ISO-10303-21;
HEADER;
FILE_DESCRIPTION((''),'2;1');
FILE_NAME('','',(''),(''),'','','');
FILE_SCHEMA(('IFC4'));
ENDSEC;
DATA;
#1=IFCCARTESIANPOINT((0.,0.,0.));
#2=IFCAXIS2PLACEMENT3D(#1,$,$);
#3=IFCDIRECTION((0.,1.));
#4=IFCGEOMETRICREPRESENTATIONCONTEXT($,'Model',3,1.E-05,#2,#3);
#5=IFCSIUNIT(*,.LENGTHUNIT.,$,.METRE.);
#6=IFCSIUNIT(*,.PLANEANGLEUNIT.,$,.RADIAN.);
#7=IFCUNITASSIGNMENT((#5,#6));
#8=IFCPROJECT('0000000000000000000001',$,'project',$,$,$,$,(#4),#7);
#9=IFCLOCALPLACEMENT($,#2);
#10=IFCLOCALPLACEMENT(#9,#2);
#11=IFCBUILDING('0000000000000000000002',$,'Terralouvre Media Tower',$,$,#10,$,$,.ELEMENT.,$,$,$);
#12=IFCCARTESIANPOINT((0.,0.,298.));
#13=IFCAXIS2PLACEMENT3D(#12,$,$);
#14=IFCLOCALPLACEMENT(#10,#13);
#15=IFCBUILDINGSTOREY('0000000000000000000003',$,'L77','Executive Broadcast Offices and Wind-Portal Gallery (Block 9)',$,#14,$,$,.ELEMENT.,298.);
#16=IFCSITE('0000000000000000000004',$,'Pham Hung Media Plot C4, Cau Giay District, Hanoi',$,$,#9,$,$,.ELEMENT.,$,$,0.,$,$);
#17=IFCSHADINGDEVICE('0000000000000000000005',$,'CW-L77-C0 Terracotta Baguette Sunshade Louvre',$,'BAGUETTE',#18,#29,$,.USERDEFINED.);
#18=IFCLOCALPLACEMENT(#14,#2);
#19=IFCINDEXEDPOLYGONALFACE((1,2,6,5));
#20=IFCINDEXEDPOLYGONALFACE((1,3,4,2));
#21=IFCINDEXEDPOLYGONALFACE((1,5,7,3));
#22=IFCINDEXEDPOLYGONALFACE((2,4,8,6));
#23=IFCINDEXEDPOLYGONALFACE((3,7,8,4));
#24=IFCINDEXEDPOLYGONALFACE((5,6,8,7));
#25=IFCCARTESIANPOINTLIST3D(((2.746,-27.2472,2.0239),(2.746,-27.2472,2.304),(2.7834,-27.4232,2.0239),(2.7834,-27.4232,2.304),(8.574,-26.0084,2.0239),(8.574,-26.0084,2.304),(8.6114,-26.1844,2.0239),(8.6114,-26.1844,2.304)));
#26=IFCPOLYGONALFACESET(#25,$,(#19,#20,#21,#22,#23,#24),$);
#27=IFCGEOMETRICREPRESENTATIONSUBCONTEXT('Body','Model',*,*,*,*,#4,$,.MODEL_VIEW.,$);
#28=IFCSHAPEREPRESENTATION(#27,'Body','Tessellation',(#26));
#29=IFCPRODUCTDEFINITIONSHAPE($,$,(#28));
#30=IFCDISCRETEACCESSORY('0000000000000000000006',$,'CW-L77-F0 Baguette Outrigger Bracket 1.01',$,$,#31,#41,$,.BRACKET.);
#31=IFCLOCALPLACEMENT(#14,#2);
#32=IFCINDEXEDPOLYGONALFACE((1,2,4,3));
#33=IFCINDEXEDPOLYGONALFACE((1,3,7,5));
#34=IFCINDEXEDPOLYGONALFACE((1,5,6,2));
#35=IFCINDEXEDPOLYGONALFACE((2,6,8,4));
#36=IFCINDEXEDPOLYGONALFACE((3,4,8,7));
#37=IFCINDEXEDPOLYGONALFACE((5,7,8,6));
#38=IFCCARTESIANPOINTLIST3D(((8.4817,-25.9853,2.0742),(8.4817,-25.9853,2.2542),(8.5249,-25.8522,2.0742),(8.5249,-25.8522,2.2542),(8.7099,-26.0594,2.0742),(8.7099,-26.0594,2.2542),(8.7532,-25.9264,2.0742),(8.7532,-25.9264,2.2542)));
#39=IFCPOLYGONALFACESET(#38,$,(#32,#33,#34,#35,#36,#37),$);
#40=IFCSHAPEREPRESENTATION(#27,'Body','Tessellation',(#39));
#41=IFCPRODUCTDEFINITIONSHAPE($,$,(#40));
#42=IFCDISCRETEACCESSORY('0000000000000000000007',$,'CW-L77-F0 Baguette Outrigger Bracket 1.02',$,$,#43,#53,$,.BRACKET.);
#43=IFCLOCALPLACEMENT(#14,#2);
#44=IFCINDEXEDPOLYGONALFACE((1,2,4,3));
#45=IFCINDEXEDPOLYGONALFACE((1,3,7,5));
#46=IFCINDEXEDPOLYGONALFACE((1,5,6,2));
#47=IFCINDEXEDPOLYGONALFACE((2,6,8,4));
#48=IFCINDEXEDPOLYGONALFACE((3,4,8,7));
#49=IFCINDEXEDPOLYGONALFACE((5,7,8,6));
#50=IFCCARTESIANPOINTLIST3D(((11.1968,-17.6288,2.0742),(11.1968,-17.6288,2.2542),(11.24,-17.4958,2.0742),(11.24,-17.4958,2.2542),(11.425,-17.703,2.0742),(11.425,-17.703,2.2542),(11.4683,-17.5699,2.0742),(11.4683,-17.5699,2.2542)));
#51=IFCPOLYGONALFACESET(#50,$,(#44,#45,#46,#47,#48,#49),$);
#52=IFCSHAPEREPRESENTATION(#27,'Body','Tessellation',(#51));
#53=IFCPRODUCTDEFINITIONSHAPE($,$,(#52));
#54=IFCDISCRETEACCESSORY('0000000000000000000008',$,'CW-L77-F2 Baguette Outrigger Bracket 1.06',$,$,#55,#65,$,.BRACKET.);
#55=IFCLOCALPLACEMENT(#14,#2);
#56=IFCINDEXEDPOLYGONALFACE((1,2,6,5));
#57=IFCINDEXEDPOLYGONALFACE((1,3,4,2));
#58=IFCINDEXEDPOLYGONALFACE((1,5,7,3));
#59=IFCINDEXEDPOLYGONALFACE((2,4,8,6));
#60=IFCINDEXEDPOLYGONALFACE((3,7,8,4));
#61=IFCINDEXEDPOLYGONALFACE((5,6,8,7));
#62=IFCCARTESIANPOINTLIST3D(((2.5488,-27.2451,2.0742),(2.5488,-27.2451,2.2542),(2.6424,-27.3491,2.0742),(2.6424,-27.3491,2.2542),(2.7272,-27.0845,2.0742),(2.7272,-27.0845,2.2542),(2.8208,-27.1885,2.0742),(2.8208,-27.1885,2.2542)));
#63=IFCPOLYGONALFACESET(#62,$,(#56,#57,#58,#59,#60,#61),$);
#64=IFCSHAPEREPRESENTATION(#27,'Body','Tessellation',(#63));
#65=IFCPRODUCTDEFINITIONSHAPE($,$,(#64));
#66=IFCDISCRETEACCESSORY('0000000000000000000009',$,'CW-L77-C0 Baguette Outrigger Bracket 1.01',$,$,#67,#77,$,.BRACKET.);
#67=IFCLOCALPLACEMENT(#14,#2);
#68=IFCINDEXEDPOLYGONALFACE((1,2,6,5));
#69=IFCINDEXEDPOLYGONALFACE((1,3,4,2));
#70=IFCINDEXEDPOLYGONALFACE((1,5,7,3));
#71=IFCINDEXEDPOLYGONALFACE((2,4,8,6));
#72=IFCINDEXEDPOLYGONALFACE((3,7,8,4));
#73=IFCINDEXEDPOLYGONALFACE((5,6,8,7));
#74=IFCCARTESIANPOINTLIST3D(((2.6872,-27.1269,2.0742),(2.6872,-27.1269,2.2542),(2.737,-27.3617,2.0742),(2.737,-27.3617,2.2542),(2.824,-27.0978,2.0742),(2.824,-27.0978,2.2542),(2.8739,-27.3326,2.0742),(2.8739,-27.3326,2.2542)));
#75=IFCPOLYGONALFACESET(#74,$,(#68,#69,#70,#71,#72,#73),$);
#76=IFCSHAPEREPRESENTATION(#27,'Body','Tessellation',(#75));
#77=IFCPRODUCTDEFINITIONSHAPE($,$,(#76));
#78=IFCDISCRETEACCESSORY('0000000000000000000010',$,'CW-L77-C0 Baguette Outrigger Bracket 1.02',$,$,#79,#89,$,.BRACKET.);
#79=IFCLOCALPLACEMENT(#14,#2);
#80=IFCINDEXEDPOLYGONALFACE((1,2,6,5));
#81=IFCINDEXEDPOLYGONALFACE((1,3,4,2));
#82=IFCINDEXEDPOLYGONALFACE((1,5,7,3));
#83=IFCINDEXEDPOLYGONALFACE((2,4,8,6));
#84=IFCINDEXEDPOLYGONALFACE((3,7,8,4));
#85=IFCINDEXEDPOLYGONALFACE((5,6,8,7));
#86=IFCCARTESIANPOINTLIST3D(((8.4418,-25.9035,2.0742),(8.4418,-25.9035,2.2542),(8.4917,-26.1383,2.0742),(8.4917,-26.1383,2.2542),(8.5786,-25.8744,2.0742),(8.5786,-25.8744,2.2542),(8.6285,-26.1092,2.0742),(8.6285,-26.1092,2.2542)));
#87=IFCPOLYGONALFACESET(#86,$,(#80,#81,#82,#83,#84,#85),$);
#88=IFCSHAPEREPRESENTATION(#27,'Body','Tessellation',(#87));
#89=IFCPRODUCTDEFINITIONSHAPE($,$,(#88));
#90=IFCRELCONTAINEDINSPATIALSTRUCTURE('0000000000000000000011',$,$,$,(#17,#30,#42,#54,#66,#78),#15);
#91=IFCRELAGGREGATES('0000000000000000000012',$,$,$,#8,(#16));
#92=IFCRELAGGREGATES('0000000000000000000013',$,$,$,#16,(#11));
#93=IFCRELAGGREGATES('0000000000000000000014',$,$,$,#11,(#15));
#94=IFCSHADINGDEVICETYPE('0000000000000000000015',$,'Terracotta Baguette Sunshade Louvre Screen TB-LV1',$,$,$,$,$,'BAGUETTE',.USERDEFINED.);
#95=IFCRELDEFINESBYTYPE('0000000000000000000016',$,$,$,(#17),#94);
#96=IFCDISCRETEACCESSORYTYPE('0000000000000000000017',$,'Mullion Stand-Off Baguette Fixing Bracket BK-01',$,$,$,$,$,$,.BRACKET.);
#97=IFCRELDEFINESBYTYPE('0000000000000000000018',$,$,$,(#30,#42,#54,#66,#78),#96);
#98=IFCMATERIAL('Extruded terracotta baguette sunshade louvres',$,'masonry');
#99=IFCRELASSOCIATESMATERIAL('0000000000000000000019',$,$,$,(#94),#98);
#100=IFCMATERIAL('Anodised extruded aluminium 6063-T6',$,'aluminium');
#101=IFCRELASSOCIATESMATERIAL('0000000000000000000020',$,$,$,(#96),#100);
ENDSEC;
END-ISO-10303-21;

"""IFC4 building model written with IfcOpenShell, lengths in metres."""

from ifc_helpers import new_model, si_unit, direction, frame, origin, origin_2d, place, context, subcontext, project, spatial, rectangle, extrude, material, type_object, element, save


model = new_model("IFC4")

# Units and contexts
model_context = context("Model", 3, precision=1e-05, world=origin(), true_north=direction((0.0, 1.0)))
body_context = subcontext(model_context, "Body", "Model", "MODEL_VIEW")
ifc_project = project(units=[si_unit("LENGTHUNIT", "METRE"), si_unit("PLANEANGLEUNIT", "RADIAN")], contexts=[model_context])

# Site, building, storey
site_placement = place(None, origin())
site = spatial("IfcSite", under=ifc_project, at=site_placement, Name="Pham Hung Media Plot C4, Cau Giay District, Hanoi", CompositionType="ELEMENT", RefElevation=0.0)
building_placement = place(site_placement, origin())
building = spatial("IfcBuilding", under=site, at=building_placement, Name="Terralouvre Media Tower", CompositionType="ELEMENT")
storey_placement = place(building_placement, frame((0.0, 0.0, 298.0)))
storey = spatial("IfcBuildingStorey", under=building, at=storey_placement, Name="L77", Description="Executive Broadcast Offices and Wind-Portal Gallery (Block 9)", CompositionType="ELEMENT", Elevation=298.0)

# Shading device
ifc_material_1 = material(Name="Extruded terracotta baguette sunshade louvres", Category="masonry")
shading_device_type = type_object("IfcShadingDeviceType", Name="Terracotta Baguette Sunshade Louvre Screen TB-LV1", ElementType="BAGUETTE", PredefinedType="USERDEFINED", material=ifc_material_1)
shading_device_placement = place(storey_placement, frame((5.6787, -26.7158, 2.0239), z_axis=(0.0, 0.0, 1.0), x_axis=(0.978148, 0.207912, 0.0)))
element("IfcShadingDevice", 1, at=shading_device_placement, inside=storey, type_object=shading_device_type, Name="CW-L77-C0 Terracotta Baguette Sunshade Louvre", ObjectType="BAGUETTE", PredefinedType="USERDEFINED", context=body_context, shape_type="SweptSolid", body=[
    extrude(rectangle(XDim=5.9583, YDim=0.1799, at=origin_2d()), origin(), (0.0, 0.0, 1.0), 0.28),
])

# Discrete accessories
ifc_material_2 = material(Name="Anodised extruded aluminium 6063-T6", Category="aluminium")
discrete_accessory_type = type_object("IfcDiscreteAccessoryType", Name="Mullion Stand-Off Baguette Fixing Bracket BK-01", PredefinedType="BRACKET", material=ifc_material_2)
for number, where, z_axis, x_axis, name in (
    (2, (8.6174, -25.9558, 2.0742), (0.0, 0.0, 1.0), (0.309017, 0.951057, 0.0), "CW-L77-F0 Baguette Outrigger Bracket 1.01"),
    (3, (11.3325, -17.5994, 2.0742), (0.0, 0.0, 1.0), (0.309017, 0.951057, 0.0), "CW-L77-F0 Baguette Outrigger Bracket 1.02"),
    (4, (2.6848, -27.2168, 2.0742), (0.0, 0.0, 1.0), (0.669131, -0.743145, 0.0), "CW-L77-F2 Baguette Outrigger Bracket 1.06"),
    (5, (2.7805, -27.2297, 2.0742), (0.0, 0.0, 1.0), (0.978148, 0.207912, 0.0), "CW-L77-C0 Baguette Outrigger Bracket 1.01"),
    (6, (8.5352, -26.0063, 2.0742), (0.0, 0.0, 1.0), (0.978148, 0.207912, 0.0), "CW-L77-C0 Baguette Outrigger Bracket 1.02"),
):
    element("IfcDiscreteAccessory", number, at=place(storey_placement, frame(where, z_axis=z_axis, x_axis=x_axis)), inside=storey, type_object=discrete_accessory_type, Name=name, PredefinedType="BRACKET", context=body_context, shape_type="SweptSolid", body=[
        extrude(rectangle(XDim=0.1399, YDim=0.24, at=origin_2d()), origin(), (0.0, 0.0, 1.0), 0.1799),
    ])

save(model, "model.ifc")
